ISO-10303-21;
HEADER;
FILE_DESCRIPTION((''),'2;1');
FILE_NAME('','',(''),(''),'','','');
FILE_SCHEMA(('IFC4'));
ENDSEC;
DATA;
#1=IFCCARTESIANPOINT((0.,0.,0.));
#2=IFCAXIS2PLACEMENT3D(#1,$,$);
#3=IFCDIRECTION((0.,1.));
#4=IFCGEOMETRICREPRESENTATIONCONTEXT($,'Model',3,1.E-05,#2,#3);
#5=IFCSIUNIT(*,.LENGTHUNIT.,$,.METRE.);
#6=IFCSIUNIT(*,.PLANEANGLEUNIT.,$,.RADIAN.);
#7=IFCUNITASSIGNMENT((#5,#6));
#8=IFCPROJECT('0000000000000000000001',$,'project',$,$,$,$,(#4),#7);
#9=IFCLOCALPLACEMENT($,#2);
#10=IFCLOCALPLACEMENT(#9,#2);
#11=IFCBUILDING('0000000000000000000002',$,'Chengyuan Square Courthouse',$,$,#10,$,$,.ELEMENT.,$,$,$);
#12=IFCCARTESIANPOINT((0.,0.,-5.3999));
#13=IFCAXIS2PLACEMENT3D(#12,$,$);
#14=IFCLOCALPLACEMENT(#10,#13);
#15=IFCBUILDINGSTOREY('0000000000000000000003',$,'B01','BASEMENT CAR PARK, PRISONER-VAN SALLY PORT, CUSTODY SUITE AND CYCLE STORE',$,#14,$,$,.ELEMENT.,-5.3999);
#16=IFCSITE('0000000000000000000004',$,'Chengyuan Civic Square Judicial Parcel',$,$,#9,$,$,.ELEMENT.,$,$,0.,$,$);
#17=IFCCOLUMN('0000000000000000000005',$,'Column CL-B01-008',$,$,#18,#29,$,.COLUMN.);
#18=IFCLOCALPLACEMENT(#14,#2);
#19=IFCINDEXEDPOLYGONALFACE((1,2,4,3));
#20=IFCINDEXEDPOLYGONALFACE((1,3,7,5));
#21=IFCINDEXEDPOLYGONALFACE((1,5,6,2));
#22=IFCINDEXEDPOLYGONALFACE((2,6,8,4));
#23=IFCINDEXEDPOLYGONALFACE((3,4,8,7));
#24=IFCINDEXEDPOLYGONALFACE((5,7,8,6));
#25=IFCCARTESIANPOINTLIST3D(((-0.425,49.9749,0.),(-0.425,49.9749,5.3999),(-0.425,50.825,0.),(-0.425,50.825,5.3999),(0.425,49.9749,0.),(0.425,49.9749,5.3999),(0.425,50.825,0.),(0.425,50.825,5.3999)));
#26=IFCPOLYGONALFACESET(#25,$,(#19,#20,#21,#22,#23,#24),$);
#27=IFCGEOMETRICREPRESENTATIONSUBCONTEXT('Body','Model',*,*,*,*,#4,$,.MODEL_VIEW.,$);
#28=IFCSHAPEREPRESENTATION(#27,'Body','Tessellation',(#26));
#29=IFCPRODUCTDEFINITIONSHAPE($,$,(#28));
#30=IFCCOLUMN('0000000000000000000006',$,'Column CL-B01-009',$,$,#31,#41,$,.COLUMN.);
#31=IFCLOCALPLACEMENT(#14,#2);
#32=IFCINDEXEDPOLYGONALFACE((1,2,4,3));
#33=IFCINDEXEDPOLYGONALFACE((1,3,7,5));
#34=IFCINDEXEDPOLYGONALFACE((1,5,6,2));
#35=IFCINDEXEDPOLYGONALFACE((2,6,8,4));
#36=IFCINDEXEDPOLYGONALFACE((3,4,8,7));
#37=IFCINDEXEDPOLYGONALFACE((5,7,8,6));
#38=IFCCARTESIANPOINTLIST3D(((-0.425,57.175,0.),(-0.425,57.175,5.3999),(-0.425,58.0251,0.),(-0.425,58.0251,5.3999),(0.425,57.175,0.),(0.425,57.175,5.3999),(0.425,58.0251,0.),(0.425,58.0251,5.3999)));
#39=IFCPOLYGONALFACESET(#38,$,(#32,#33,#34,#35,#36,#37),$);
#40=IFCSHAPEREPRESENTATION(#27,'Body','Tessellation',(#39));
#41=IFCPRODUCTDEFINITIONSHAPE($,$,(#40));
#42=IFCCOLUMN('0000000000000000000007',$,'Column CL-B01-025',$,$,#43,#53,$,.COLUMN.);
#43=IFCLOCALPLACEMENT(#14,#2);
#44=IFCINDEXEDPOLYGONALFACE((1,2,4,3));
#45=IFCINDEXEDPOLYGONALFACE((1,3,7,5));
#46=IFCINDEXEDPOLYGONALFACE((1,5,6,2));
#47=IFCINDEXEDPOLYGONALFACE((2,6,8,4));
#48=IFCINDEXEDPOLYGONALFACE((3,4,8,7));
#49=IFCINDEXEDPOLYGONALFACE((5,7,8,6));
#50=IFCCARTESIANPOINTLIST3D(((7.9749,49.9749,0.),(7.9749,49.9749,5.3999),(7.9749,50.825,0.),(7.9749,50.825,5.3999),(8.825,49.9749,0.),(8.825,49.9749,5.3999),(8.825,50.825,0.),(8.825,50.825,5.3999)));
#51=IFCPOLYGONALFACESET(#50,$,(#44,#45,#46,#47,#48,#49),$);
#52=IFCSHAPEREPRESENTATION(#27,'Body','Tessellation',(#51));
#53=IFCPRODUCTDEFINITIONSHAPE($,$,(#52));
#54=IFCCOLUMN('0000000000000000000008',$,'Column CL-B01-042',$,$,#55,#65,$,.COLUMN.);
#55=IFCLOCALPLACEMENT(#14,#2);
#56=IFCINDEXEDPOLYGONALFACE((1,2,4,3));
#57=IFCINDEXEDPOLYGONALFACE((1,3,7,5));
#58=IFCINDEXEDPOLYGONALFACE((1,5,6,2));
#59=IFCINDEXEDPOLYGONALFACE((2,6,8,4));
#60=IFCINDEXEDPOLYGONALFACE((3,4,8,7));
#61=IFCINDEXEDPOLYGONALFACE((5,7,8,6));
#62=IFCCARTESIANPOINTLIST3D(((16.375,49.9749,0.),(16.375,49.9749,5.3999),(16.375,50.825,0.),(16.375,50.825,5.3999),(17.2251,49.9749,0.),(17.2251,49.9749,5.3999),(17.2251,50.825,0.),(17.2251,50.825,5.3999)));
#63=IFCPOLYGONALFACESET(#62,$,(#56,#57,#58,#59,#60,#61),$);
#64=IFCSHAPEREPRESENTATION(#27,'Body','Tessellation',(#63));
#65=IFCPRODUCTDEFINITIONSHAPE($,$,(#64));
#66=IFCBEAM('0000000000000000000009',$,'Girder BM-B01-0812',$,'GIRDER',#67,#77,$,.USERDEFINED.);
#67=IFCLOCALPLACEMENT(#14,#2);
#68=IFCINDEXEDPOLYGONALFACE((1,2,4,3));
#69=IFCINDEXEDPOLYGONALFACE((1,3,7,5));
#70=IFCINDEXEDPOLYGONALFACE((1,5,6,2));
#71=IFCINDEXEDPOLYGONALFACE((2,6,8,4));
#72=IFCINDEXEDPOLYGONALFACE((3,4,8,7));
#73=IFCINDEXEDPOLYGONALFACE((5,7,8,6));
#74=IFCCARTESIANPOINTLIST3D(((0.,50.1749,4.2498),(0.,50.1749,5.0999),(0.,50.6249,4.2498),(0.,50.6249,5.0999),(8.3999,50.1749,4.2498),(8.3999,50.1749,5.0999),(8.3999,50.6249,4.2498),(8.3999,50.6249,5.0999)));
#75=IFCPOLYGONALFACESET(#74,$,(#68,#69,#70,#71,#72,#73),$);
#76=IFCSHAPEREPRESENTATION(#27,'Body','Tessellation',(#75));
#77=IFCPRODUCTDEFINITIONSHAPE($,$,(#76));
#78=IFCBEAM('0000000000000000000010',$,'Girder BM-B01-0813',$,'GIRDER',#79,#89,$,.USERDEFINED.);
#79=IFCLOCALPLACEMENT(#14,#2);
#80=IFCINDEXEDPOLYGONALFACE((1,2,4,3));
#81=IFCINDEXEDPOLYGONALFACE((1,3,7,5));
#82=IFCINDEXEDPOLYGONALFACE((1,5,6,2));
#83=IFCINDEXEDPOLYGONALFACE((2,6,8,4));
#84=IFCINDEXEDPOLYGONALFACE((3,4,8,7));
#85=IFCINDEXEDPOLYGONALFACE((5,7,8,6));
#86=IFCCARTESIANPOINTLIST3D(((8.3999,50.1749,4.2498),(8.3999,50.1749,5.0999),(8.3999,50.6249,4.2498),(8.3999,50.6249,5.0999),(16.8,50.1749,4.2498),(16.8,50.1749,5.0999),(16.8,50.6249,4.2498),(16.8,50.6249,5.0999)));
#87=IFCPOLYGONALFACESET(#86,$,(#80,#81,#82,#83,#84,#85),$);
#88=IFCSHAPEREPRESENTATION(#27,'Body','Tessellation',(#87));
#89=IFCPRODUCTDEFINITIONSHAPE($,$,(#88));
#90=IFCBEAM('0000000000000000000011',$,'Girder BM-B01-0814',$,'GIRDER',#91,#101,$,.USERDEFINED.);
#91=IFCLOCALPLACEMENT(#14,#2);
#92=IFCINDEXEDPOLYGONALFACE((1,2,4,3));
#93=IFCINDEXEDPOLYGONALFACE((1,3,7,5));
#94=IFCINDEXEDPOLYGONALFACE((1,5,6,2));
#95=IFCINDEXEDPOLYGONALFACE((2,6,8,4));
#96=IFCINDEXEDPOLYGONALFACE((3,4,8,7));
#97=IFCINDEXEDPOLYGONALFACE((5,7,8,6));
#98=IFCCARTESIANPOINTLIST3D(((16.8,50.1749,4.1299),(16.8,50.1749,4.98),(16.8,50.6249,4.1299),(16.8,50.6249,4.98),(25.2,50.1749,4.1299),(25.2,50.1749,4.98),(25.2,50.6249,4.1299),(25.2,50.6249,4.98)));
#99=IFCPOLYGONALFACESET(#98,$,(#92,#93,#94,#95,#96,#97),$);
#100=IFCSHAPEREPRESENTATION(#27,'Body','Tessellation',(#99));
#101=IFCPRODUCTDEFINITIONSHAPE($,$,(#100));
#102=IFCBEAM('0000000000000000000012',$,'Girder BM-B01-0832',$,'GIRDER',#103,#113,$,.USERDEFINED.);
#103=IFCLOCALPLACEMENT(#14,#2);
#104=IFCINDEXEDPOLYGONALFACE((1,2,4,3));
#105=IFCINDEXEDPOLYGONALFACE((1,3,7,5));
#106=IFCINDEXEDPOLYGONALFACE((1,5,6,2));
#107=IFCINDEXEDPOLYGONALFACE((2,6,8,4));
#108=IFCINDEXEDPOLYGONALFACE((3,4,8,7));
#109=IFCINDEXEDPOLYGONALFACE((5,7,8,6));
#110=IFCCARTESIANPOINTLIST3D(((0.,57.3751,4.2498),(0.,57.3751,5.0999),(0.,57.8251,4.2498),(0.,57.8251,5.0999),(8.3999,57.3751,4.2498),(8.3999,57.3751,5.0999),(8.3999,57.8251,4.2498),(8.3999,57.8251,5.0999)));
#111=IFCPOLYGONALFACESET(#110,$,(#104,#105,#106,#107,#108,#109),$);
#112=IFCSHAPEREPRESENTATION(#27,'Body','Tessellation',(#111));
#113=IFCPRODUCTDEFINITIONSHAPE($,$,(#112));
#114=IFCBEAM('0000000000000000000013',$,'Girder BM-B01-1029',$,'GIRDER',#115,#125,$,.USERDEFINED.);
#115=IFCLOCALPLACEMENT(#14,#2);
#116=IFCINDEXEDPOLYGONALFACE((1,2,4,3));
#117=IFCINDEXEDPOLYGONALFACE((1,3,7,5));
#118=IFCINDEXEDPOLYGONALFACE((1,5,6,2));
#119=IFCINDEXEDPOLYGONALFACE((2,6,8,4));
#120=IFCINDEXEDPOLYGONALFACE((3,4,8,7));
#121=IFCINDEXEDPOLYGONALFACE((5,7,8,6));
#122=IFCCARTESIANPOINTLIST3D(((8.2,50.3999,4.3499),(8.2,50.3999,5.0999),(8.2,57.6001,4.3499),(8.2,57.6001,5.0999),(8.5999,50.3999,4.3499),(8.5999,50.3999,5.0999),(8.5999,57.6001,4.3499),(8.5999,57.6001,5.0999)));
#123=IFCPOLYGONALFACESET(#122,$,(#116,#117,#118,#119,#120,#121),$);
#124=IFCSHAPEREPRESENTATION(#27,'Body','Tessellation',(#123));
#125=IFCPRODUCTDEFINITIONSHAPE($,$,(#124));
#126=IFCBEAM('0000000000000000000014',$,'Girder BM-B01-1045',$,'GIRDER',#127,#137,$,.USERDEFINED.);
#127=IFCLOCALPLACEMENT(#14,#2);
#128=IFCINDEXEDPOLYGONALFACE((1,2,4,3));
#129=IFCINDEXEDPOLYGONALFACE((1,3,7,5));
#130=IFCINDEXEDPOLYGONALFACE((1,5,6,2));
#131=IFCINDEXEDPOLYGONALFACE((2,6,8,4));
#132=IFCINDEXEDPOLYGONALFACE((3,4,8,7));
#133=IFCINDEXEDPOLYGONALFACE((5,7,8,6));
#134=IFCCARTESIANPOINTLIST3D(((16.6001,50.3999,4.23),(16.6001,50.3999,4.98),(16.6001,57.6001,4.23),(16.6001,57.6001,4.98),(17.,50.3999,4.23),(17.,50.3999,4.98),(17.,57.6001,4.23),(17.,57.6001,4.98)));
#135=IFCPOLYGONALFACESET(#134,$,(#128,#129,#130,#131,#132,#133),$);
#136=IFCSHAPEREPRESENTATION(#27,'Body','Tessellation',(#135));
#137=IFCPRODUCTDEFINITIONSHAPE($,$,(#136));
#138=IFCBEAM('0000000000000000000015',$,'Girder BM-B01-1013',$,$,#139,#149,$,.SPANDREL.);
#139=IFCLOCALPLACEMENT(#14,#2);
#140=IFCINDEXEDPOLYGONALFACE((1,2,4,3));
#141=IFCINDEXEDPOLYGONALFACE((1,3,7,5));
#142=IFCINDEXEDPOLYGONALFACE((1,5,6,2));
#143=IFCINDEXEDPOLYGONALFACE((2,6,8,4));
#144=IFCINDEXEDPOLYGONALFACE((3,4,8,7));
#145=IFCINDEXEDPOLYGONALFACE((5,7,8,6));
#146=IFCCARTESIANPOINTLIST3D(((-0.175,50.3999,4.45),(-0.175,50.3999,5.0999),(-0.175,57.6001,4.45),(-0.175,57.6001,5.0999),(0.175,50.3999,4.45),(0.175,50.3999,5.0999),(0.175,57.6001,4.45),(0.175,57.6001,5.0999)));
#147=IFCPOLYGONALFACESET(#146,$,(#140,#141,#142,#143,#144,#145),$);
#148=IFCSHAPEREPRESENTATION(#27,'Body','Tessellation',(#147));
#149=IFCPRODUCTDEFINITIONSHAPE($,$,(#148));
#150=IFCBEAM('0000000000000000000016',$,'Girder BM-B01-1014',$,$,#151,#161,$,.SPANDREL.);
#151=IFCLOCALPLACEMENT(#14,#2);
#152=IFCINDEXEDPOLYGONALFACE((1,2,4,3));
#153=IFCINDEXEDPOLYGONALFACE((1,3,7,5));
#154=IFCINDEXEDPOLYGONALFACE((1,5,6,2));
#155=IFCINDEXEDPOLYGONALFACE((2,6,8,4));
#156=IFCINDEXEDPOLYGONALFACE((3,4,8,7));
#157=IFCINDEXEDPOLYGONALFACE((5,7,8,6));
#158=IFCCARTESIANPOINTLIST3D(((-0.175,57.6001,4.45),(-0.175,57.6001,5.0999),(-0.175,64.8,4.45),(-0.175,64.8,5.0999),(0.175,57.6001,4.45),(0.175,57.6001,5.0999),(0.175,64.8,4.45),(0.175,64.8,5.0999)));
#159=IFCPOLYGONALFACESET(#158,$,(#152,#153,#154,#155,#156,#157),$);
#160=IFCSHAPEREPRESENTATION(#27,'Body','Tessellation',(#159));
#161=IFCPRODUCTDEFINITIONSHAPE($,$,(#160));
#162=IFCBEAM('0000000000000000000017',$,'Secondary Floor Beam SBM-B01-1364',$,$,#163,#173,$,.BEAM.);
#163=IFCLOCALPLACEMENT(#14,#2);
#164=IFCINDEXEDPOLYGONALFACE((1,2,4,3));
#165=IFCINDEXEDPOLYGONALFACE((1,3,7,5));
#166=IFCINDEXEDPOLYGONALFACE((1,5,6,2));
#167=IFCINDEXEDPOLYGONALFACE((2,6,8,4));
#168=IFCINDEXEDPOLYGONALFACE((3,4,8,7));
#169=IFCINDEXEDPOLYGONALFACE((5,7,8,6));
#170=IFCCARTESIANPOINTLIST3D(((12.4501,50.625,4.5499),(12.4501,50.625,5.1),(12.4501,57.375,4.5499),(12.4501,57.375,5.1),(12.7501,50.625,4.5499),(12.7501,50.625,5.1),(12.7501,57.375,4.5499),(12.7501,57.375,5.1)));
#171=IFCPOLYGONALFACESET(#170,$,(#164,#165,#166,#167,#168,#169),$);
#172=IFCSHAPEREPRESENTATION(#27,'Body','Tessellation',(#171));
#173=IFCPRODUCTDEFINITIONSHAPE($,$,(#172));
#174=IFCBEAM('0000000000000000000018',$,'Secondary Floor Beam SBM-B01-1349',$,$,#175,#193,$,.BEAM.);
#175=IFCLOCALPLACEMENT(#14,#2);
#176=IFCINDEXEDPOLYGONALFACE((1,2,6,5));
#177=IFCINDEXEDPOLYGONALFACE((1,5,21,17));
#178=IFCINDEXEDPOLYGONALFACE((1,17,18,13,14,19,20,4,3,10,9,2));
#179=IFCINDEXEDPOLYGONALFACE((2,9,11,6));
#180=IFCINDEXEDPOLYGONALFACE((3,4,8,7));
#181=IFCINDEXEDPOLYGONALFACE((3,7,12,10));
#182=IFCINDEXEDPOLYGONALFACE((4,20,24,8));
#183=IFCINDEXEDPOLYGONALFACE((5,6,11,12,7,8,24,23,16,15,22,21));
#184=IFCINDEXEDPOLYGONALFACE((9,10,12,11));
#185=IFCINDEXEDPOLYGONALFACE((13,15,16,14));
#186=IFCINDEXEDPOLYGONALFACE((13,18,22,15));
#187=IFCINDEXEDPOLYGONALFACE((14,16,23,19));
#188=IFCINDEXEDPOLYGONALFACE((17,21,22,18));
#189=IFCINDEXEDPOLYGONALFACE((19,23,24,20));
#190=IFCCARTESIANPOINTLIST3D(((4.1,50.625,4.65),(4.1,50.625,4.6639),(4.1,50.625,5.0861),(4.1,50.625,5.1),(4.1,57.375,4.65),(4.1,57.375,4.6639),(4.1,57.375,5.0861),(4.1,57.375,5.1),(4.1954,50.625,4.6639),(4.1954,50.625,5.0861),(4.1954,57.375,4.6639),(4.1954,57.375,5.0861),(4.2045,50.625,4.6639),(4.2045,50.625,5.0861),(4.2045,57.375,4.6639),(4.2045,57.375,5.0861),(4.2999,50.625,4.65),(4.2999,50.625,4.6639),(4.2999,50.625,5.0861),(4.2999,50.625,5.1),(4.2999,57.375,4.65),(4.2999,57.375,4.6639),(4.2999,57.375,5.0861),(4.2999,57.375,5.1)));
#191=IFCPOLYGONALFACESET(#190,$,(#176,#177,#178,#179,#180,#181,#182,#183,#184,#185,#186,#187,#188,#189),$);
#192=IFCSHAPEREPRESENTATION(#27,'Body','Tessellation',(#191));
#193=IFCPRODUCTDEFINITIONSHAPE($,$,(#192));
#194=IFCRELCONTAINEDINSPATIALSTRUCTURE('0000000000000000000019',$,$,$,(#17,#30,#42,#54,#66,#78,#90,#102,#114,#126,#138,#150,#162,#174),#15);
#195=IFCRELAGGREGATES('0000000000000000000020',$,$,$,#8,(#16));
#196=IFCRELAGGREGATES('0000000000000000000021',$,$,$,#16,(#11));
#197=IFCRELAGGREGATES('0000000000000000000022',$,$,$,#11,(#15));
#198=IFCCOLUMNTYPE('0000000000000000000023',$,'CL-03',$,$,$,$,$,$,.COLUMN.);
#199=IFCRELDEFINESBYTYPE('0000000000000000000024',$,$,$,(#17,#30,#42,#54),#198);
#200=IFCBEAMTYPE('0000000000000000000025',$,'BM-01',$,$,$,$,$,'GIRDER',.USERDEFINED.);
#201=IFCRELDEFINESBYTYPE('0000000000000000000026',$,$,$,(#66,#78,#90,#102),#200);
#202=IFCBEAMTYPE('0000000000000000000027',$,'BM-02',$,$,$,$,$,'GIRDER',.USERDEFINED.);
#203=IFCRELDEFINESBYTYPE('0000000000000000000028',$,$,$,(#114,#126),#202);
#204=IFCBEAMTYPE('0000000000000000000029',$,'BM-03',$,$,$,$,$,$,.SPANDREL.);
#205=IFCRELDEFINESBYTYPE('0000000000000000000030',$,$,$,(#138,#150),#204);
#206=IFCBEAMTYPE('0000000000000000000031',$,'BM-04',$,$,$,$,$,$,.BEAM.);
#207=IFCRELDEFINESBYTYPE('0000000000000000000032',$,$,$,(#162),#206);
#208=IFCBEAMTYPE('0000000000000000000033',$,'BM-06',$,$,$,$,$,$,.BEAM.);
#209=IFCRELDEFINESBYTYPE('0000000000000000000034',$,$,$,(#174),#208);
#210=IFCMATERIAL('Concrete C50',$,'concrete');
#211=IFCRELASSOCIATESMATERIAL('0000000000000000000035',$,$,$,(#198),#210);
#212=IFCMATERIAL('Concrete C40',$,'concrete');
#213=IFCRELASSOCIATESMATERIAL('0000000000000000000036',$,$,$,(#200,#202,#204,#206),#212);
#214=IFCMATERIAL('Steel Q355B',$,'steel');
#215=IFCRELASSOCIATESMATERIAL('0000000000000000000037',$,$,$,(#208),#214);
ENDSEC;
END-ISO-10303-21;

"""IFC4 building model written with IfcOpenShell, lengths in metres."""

from ifc_helpers import new_model, si_unit, direction, frame, origin, origin_2d, place, context, subcontext, project, spatial, rectangle, i_section, extrude, material, material_profile, profile_set, type_object, element, save


model = new_model("IFC4")

# Units and contexts
model_context = context("Model", 3, precision=1e-05, world=origin(), true_north=direction((0.0, 1.0)))
body_context = subcontext(model_context, "Body", "Model", "MODEL_VIEW")
ifc_project = project(units=[si_unit("LENGTHUNIT", "METRE"), si_unit("PLANEANGLEUNIT", "RADIAN")], contexts=[model_context])

# Site, building, storey
site_placement = place(None, origin())
site = spatial("IfcSite", under=ifc_project, at=site_placement, Name="Chengyuan Civic Square Judicial Parcel", CompositionType="ELEMENT", RefElevation=0.0)
building_placement = place(site_placement, origin())
building = spatial("IfcBuilding", under=site, at=building_placement, Name="Chengyuan Square Courthouse", CompositionType="ELEMENT")
storey_placement = place(building_placement, frame((0.0, 0.0, -5.3999)))
storey = spatial("IfcBuildingStorey", under=building, at=storey_placement, Name="B01", Description="BASEMENT CAR PARK, PRISONER-VAN SALLY PORT, CUSTODY SUITE AND CYCLE STORE", CompositionType="ELEMENT", Elevation=-5.3999)

# Columns
ifc_material_1 = material(Name="Concrete C50", Category="concrete")
ifc_material_profile_1 = material_profile(ifc_material_1, rectangle(XDim=0.8501, YDim=0.8501, at=origin_2d()), Name="RC-COL-850x850")
ifc_profile_set_1 = profile_set([ifc_material_profile_1], Name="Concrete C50")
column_type = type_object("IfcColumnType", Name="CL-03", PredefinedType="COLUMN", material=ifc_profile_set_1)
for number, where, z_axis, x_axis, name in (
    (1, (0.0, 50.3999, 0.0), (0.0, 0.0, 1.0), (1.0, 0.0, 0.0), "Column CL-B01-008"),
    (2, (0.0, 57.6001, 0.0), (0.0, 0.0, 1.0), (1.0, 0.0, 0.0), "Column CL-B01-009"),
    (3, (8.3999, 50.3999, 0.0), (0.0, 0.0, 1.0), (1.0, 0.0, 0.0), "Column CL-B01-025"),
    (4, (16.8, 50.3999, 0.0), (0.0, 0.0, 1.0), (1.0, 0.0, 0.0), "Column CL-B01-042"),
):
    element("IfcColumn", number, at=place(storey_placement, frame(where, z_axis=z_axis, x_axis=x_axis)), inside=storey, type_object=column_type, Name=name, PredefinedType="COLUMN", context=body_context, shape_type="SweptSolid", body=[
        extrude(rectangle(XDim=0.8501, YDim=0.8501, at=origin_2d()), origin(), (0.0, 0.0, 1.0), 5.3999),
    ])

# Beams
ifc_material_2 = material(Name="Concrete C40", Category="concrete")
ifc_material_profile_2 = material_profile(ifc_material_2, rectangle(XDim=0.45, YDim=0.8501, at=origin_2d()), Name="RC-BM-450x850")
ifc_profile_set_2 = profile_set([ifc_material_profile_2], Name="Concrete C40")
beam_type_1 = type_object("IfcBeamType", Name="BM-01", ElementType="GIRDER", PredefinedType="USERDEFINED", material=ifc_profile_set_2)
beam_1_placement = place(storey_placement, frame((0.0, 50.3999, 4.6748), z_axis=(1.0, 0.0, 0.0), x_axis=(0.0, 1.0, 0.0)))
element("IfcBeam", 5, at=beam_1_placement, inside=storey, type_object=beam_type_1, Name="Girder BM-B01-0812", ObjectType="GIRDER", PredefinedType="USERDEFINED", context=body_context, shape_type="SweptSolid", body=[
    extrude(rectangle(XDim=0.45, YDim=0.8501, at=origin_2d()), origin(), (0.0, 0.0, 1.0), 8.3999),
])
beam_2_placement = place(storey_placement, frame((8.3999, 50.3999, 4.6748), z_axis=(1.0, 0.0, 0.0), x_axis=(0.0, 1.0, 0.0)))
element("IfcBeam", 6, at=beam_2_placement, inside=storey, type_object=beam_type_1, Name="Girder BM-B01-0813", ObjectType="GIRDER", PredefinedType="USERDEFINED", context=body_context, shape_type="SweptSolid", body=[
    extrude(rectangle(XDim=0.45, YDim=0.8501, at=origin_2d()), origin(), (0.0, 0.0, 1.0), 8.4001),
])
for number, where, z_axis, x_axis, name in (
    (7, (16.8, 50.3999, 4.5549), (1.0, 0.0, 0.0), (0.0, 1.0, 0.0), "Girder BM-B01-0814"),
    (8, (0.0, 57.6001, 4.6748), (1.0, 0.0, 0.0), (0.0, 1.0, 0.0), "Girder BM-B01-0832"),
):
    element("IfcBeam", number, at=place(storey_placement, frame(where, z_axis=z_axis, x_axis=x_axis)), inside=storey, type_object=beam_type_1, Name=name, ObjectType="GIRDER", PredefinedType="USERDEFINED", context=body_context, shape_type="SweptSolid", body=[
        extrude(rectangle(XDim=0.45, YDim=0.8501, at=origin_2d()), origin(), (0.0, 0.0, 1.0), 8.3999),
    ])
ifc_material_profile_3 = material_profile(ifc_material_2, rectangle(XDim=0.3999, YDim=0.75, at=origin_2d()), Name="RC-BM-400x750")
ifc_profile_set_3 = profile_set([ifc_material_profile_3], Name="Concrete C40")
beam_type_2 = type_object("IfcBeamType", Name="BM-02", ElementType="GIRDER", PredefinedType="USERDEFINED", material=ifc_profile_set_3)
for number, where, z_axis, x_axis, name in (
    (9, (8.3999, 50.3999, 4.7249), (0.0, 1.0, 0.0), (-1.0, 0.0, 0.0), "Girder BM-B01-1029"),
    (10, (16.8, 50.3999, 4.605), (0.0, 1.0, 0.0), (-1.0, 0.0, 0.0), "Girder BM-B01-1045"),
):
    element("IfcBeam", number, at=place(storey_placement, frame(where, z_axis=z_axis, x_axis=x_axis)), inside=storey, type_object=beam_type_2, Name=name, ObjectType="GIRDER", PredefinedType="USERDEFINED", context=body_context, shape_type="SweptSolid", body=[
        extrude(rectangle(XDim=0.3999, YDim=0.75, at=origin_2d()), origin(), (0.0, 0.0, 1.0), 7.2002),
    ])
ifc_material_profile_4 = material_profile(ifc_material_2, rectangle(XDim=0.3501, YDim=0.6499, at=origin_2d()), Name="RC-BM-350x650")
ifc_profile_set_4 = profile_set([ifc_material_profile_4], Name="Concrete C40")
beam_type_3 = type_object("IfcBeamType", Name="BM-03", PredefinedType="SPANDREL", material=ifc_profile_set_4)
beam_3_placement = place(storey_placement, frame((0.0, 50.3999, 4.7749), z_axis=(0.0, 1.0, 0.0), x_axis=(-1.0, 0.0, 0.0)))
element("IfcBeam", 11, at=beam_3_placement, inside=storey, type_object=beam_type_3, Name="Girder BM-B01-1013", PredefinedType="SPANDREL", context=body_context, shape_type="SweptSolid", body=[
    extrude(rectangle(XDim=0.3501, YDim=0.6499, at=origin_2d()), origin(), (0.0, 0.0, 1.0), 7.2002),
])
beam_4_placement = place(storey_placement, frame((0.0, 57.6001, 4.7749), z_axis=(0.0, 1.0, 0.0), x_axis=(-1.0, 0.0, 0.0)))
element("IfcBeam", 12, at=beam_4_placement, inside=storey, type_object=beam_type_3, Name="Girder BM-B01-1014", PredefinedType="SPANDREL", context=body_context, shape_type="SweptSolid", body=[
    extrude(rectangle(XDim=0.3501, YDim=0.6499, at=origin_2d()), origin(), (0.0, 0.0, 1.0), 7.2),
])
ifc_material_profile_5 = material_profile(ifc_material_2, rectangle(XDim=0.3, YDim=0.55, at=origin_2d()), Name="RC-BM-300x550")
ifc_profile_set_5 = profile_set([ifc_material_profile_5], Name="Concrete C40")
beam_type_4 = type_object("IfcBeamType", Name="BM-04", PredefinedType="BEAM", material=ifc_profile_set_5)
beam_5_placement = place(storey_placement, frame((12.6001, 50.625, 4.825), z_axis=(0.0, 1.0, 0.0), x_axis=(-1.0, 0.0, 0.0)))
element("IfcBeam", 13, at=beam_5_placement, inside=storey, type_object=beam_type_4, Name="Secondary Floor Beam SBM-B01-1364", PredefinedType="BEAM", context=body_context, shape_type="SweptSolid", body=[
    extrude(rectangle(XDim=0.3, YDim=0.55, at=origin_2d()), origin(), (0.0, 0.0, 1.0), 6.75),
])
ifc_material_3 = material(Name="Steel Q355B", Category="steel")
ifc_material_profile_6 = material_profile(ifc_material_3, i_section(OverallWidth=0.2, OverallDepth=0.45, WebThickness=0.009, FlangeThickness=0.0139, at=origin_2d()), Name="HN 450x200x9x14")
ifc_profile_set_6 = profile_set([ifc_material_profile_6], Name="Steel Q355B")
beam_type_5 = type_object("IfcBeamType", Name="BM-06", PredefinedType="BEAM", material=ifc_profile_set_6)
beam_6_placement = place(storey_placement, frame((4.2, 50.625, 4.875), z_axis=(0.0, 1.0, 0.0), x_axis=(-1.0, 0.0, 0.0)))
element("IfcBeam", 14, at=beam_6_placement, inside=storey, type_object=beam_type_5, Name="Secondary Floor Beam SBM-B01-1349", PredefinedType="BEAM", context=body_context, shape_type="SweptSolid", body=[
    extrude(i_section(OverallWidth=0.2, OverallDepth=0.45, WebThickness=0.009, FlangeThickness=0.0139, at=origin_2d()), origin(), (0.0, 0.0, 1.0), 6.75),
])

save(model, "model.ifc")
